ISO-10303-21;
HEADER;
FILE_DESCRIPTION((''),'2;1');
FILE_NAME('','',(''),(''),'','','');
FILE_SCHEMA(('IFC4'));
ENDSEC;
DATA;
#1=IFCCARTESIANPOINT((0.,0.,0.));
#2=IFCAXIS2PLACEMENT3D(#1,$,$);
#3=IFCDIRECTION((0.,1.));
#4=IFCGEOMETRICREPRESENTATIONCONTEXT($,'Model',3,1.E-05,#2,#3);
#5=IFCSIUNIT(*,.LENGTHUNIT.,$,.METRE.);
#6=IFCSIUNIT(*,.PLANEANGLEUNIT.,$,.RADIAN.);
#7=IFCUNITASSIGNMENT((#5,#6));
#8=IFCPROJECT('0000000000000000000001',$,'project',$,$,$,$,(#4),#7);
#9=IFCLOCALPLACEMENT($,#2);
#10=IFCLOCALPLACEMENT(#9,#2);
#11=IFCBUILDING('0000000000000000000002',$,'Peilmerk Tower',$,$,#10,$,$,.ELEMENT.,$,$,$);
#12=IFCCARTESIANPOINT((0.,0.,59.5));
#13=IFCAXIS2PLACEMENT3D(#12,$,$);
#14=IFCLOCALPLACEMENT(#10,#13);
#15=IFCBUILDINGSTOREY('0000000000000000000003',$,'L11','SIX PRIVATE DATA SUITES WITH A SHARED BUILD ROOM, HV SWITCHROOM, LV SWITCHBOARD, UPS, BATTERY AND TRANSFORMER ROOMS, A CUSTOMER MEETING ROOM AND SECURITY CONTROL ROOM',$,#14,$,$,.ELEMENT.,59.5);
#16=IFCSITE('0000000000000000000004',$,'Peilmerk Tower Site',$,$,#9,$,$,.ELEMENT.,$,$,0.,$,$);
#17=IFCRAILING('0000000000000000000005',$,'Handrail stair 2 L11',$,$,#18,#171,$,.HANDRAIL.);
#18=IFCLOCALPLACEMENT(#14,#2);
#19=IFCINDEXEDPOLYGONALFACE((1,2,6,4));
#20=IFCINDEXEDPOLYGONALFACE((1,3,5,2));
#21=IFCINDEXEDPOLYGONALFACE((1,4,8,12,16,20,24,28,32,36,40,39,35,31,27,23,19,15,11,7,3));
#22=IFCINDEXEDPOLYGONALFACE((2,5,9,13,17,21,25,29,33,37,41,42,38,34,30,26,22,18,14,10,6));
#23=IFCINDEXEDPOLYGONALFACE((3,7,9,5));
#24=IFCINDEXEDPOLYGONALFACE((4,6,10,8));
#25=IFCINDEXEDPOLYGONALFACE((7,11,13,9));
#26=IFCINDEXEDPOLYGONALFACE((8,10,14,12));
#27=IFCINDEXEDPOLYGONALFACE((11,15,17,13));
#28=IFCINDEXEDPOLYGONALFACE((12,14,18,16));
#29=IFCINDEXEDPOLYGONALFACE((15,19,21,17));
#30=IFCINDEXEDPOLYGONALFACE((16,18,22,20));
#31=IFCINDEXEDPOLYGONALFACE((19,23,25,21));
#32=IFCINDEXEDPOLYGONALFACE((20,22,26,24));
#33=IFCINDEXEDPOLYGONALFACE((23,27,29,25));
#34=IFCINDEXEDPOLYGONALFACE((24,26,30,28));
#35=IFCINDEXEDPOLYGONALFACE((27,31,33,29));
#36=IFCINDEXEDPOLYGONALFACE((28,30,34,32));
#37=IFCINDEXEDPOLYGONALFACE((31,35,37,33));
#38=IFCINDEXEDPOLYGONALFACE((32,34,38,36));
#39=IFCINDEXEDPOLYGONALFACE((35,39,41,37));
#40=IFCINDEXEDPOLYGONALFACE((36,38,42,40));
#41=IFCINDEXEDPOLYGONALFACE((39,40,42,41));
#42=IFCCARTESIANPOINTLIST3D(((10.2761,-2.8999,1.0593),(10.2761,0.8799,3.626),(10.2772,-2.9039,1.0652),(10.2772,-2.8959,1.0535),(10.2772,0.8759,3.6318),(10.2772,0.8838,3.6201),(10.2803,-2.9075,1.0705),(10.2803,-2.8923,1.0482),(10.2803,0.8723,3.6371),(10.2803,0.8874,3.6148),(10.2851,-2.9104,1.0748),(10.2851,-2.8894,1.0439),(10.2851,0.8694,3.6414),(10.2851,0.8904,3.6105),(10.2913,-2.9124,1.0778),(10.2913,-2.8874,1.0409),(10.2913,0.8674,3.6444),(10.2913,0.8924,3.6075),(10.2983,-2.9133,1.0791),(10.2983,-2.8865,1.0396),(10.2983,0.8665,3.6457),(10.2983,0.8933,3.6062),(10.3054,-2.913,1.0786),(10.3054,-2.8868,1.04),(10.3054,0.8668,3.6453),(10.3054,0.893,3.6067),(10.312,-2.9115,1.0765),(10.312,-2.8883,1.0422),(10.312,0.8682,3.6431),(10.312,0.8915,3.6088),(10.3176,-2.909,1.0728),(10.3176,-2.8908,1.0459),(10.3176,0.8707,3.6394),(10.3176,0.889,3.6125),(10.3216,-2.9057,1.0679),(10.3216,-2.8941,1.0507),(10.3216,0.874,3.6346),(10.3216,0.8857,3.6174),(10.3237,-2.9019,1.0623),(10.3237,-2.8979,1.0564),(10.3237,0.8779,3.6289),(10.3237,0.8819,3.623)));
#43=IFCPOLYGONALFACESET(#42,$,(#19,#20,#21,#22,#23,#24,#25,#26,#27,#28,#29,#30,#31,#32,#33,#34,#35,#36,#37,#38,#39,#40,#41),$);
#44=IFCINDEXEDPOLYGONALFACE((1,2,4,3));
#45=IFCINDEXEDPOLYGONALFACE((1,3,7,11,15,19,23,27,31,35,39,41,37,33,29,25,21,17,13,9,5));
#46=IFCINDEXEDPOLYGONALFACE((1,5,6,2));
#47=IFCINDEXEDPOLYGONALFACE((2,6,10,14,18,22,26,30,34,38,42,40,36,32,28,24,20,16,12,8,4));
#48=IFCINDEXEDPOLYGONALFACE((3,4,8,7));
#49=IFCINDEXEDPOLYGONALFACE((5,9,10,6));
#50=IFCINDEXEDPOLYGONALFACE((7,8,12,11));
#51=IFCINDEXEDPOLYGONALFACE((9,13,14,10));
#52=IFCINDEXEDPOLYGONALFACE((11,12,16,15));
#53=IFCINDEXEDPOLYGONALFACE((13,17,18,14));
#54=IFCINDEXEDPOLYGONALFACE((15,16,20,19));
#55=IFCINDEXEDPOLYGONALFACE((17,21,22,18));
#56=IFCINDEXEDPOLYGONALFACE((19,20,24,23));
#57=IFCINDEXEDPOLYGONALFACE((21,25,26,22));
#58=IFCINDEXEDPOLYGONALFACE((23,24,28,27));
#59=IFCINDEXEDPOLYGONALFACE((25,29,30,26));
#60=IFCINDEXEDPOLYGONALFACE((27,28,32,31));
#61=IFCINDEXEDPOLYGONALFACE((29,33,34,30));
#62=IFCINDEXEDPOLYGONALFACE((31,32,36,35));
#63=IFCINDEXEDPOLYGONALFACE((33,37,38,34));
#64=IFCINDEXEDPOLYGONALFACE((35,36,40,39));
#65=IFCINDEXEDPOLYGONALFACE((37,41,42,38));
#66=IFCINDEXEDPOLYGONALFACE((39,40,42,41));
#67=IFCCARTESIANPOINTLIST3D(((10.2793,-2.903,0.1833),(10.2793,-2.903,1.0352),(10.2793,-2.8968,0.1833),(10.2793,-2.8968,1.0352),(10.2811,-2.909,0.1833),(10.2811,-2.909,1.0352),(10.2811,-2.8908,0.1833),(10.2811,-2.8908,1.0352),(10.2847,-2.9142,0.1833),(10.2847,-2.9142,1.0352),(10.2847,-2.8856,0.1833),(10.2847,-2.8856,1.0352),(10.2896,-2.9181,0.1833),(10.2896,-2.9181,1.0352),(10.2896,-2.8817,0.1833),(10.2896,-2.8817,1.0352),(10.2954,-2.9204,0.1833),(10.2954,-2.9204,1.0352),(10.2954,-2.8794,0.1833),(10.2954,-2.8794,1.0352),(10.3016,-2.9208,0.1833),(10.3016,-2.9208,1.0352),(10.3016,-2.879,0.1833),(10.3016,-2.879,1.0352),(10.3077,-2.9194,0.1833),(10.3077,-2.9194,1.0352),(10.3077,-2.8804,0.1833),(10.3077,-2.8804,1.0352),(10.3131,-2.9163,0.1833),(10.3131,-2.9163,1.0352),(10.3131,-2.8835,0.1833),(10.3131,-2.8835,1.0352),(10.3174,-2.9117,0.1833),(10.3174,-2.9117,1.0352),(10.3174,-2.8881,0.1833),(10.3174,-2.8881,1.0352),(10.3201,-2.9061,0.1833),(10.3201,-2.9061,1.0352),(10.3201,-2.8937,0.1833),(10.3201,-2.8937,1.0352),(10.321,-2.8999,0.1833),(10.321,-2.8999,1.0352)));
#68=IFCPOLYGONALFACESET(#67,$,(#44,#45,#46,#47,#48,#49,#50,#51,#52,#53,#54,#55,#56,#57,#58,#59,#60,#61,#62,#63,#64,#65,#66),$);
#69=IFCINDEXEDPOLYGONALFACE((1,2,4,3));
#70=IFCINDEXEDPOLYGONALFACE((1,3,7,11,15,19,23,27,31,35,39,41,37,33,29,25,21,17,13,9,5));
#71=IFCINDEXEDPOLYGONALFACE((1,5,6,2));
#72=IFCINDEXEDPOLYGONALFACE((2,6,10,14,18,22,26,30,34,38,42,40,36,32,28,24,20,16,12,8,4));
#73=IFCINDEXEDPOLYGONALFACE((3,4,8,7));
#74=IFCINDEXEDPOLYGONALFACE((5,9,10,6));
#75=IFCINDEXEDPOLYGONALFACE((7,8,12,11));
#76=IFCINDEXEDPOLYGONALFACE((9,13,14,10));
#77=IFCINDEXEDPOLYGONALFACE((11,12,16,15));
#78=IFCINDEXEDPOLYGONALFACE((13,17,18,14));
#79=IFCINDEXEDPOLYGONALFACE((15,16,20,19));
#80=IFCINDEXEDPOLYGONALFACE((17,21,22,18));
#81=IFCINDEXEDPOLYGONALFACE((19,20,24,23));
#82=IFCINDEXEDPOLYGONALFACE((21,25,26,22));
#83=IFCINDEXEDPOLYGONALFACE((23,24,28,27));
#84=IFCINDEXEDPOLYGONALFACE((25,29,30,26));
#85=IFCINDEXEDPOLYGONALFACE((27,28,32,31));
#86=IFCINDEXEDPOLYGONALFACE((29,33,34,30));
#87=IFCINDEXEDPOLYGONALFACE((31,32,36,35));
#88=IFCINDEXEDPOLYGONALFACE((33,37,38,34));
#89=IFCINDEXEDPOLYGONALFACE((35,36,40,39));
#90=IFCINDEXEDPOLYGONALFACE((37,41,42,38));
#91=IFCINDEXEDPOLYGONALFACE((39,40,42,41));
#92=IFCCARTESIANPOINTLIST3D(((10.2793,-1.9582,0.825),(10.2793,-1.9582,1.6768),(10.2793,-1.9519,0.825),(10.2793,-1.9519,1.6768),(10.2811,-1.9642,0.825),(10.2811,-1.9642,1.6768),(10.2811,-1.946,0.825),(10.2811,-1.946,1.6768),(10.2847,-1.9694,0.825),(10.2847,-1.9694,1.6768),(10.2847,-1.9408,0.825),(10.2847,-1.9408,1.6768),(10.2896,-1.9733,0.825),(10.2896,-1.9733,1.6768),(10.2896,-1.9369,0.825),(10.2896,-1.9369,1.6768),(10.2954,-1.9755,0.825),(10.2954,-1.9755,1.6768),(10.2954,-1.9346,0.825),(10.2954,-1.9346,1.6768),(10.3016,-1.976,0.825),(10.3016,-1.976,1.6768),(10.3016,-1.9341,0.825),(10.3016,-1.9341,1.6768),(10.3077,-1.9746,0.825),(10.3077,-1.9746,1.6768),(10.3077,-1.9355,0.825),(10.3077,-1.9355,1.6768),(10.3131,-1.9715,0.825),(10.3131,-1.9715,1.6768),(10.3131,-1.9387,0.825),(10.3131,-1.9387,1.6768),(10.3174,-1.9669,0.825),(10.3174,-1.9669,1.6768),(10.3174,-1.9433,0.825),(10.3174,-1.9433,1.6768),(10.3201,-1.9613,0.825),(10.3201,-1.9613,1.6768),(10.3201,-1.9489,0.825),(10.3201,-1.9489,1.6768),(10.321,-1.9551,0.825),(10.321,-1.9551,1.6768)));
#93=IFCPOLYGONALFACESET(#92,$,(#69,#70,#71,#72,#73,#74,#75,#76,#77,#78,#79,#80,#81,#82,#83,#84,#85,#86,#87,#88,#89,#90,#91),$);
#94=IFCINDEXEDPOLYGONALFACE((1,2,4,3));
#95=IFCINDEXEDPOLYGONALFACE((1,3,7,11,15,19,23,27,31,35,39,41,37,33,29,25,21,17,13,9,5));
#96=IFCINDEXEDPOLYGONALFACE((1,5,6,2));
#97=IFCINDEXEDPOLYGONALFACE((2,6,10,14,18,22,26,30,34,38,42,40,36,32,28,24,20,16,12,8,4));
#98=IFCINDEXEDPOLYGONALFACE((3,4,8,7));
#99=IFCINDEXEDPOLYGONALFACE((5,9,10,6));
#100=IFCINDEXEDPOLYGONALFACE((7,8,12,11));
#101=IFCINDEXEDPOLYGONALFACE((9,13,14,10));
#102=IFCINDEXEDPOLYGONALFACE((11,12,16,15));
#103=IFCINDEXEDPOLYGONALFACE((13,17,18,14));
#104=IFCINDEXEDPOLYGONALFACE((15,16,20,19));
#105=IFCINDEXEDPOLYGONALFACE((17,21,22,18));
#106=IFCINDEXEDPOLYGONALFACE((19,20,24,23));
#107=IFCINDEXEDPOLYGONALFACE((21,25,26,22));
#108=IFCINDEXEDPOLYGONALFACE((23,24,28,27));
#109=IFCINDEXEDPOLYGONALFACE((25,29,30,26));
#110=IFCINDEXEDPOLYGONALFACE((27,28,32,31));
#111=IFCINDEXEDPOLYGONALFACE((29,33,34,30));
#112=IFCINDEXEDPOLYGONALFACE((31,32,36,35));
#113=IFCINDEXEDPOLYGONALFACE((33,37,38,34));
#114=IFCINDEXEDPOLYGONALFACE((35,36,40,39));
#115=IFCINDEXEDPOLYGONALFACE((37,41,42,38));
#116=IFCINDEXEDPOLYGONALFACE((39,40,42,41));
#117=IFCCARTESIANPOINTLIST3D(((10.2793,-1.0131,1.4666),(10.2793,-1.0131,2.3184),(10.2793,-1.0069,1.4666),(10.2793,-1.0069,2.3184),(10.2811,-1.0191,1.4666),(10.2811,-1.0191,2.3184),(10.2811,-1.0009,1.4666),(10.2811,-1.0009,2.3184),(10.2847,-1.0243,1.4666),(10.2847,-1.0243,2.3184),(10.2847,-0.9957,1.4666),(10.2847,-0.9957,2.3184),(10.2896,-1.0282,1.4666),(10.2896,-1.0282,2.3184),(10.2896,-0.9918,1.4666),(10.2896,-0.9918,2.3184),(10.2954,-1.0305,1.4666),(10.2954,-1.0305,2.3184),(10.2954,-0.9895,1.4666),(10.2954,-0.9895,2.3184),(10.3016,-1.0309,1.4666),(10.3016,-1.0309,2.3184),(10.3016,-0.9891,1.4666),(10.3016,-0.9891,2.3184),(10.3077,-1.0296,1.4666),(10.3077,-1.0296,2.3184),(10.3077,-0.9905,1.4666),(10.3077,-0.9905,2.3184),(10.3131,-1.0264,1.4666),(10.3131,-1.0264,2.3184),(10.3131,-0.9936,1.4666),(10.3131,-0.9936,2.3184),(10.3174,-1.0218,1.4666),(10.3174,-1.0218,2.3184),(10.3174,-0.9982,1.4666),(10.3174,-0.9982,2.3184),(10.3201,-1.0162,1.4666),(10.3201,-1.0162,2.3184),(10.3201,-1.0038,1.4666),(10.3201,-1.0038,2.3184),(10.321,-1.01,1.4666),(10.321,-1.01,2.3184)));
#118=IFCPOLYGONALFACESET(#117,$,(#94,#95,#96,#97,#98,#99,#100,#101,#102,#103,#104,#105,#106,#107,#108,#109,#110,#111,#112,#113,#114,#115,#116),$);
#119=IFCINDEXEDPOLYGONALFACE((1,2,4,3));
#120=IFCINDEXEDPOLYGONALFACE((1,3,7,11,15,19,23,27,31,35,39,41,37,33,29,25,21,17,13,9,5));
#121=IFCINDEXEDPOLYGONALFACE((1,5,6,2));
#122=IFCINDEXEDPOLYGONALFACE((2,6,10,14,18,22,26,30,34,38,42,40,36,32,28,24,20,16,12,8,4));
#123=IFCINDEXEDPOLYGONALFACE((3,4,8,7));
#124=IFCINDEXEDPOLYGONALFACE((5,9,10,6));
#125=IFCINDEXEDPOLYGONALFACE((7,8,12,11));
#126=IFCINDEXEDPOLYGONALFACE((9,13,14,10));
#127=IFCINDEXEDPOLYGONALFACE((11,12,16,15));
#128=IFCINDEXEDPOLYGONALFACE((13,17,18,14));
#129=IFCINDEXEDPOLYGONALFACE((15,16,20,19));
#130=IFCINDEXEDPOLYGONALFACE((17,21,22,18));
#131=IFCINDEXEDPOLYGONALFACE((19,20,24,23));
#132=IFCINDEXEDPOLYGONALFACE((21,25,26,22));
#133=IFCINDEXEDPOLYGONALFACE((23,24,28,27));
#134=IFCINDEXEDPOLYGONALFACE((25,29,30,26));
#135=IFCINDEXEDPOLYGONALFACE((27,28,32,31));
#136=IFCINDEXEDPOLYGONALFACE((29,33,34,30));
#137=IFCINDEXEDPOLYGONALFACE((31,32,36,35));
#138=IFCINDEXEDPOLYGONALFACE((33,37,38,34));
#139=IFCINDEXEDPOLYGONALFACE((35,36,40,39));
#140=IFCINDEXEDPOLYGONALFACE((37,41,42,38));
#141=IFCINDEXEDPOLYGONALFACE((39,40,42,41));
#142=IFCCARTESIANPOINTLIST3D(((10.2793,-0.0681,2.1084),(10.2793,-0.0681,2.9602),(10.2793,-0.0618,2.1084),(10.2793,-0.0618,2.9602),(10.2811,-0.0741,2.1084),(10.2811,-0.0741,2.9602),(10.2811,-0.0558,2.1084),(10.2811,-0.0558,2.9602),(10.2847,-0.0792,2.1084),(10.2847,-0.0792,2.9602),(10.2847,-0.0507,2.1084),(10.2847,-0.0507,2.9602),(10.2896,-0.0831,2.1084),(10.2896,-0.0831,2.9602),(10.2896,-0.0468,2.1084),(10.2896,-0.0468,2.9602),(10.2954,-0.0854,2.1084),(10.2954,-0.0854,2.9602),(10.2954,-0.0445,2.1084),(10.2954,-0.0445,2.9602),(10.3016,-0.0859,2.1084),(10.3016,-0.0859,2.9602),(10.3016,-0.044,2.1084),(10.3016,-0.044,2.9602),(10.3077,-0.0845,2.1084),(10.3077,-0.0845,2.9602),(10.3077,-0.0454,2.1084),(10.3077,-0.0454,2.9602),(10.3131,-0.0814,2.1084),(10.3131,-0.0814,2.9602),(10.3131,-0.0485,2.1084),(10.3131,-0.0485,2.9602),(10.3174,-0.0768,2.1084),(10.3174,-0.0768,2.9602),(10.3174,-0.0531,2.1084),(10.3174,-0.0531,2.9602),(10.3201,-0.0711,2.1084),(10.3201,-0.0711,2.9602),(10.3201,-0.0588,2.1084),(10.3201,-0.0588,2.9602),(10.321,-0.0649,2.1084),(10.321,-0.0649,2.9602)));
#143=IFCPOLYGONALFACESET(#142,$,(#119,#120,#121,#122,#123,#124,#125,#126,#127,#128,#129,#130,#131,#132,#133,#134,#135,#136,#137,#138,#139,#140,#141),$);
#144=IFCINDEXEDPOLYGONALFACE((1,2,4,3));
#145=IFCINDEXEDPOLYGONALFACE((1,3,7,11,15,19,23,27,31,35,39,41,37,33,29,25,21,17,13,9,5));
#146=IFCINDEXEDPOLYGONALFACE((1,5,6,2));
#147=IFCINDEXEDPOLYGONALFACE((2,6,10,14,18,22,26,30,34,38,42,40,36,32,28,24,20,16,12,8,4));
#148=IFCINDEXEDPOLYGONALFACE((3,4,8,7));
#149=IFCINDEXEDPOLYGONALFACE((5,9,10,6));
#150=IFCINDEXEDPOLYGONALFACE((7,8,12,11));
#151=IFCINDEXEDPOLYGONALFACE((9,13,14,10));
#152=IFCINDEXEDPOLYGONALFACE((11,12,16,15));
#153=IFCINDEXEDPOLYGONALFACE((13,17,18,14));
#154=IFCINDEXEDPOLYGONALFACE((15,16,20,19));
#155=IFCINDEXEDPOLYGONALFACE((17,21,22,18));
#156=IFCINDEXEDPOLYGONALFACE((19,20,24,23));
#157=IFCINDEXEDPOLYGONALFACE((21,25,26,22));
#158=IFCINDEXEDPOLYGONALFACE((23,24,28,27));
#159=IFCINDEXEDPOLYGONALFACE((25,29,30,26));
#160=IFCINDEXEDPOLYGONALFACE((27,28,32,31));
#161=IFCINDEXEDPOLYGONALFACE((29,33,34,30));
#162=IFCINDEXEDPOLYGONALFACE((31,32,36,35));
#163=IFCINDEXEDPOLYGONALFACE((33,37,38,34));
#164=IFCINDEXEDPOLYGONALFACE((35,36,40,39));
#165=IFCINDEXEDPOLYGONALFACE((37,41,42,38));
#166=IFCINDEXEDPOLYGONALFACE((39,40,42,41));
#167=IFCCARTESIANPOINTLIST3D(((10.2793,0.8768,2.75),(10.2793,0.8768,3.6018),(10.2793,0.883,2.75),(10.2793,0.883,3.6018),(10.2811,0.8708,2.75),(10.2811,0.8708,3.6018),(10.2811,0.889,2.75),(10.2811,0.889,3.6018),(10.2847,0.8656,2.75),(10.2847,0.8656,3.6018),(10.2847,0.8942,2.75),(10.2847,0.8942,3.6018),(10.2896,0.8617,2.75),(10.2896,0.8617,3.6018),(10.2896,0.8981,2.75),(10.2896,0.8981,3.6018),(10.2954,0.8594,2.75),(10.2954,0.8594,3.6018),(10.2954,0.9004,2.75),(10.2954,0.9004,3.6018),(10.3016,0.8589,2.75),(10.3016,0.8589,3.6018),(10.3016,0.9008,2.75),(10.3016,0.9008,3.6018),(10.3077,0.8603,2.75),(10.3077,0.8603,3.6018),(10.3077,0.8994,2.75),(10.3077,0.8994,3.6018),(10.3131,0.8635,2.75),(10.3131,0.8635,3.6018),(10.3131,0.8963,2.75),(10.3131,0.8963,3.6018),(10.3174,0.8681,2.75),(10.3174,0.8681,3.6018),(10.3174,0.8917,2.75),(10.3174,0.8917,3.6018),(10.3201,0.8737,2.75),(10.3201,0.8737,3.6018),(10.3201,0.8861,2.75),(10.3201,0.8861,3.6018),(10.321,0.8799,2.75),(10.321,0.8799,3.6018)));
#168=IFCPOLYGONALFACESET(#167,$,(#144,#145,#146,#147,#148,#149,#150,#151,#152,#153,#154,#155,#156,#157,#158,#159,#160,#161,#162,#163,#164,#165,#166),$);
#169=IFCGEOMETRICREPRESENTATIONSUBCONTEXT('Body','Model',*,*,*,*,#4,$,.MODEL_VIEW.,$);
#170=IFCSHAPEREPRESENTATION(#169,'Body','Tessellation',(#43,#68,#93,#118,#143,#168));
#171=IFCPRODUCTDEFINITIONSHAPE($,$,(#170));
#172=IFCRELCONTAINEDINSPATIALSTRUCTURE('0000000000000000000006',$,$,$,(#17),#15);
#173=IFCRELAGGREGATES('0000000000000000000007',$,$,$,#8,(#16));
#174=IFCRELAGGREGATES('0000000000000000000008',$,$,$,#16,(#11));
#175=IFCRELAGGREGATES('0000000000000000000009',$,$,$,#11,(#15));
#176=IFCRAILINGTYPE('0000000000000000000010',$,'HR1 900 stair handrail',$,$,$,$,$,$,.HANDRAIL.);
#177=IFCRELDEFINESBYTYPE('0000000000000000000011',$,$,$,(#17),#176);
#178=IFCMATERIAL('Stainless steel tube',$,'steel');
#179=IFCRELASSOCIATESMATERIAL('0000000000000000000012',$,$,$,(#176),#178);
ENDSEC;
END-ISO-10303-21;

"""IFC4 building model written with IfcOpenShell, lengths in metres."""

from ifc_helpers import new_model, si_unit, direction, frame, origin, origin_2d, place, context, subcontext, project, spatial, circle, extrude, material, type_object, element, save


model = new_model("IFC4")

# Units and contexts
model_context = context("Model", 3, precision=1e-05, world=origin(), true_north=direction((0.0, 1.0)))
body_context = subcontext(model_context, "Body", "Model", "MODEL_VIEW")
ifc_project = project(units=[si_unit("LENGTHUNIT", "METRE"), si_unit("PLANEANGLEUNIT", "RADIAN")], contexts=[model_context])

# Site, building, storey
site_placement = place(None, origin())
site = spatial("IfcSite", under=ifc_project, at=site_placement, Name="Peilmerk Tower Site", CompositionType="ELEMENT", RefElevation=0.0)
building_placement = place(site_placement, origin())
building = spatial("IfcBuilding", under=site, at=building_placement, Name="Peilmerk Tower", CompositionType="ELEMENT")
storey_placement = place(building_placement, frame((0.0, 0.0, 59.5)))
storey = spatial("IfcBuildingStorey", under=building, at=storey_placement, Name="L11", Description="SIX PRIVATE DATA SUITES WITH A SHARED BUILD ROOM, HV SWITCHROOM, LV SWITCHBOARD, UPS, BATTERY AND TRANSFORMER ROOMS, A CUSTOMER MEETING ROOM AND SECURITY CONTROL ROOM", CompositionType="ELEMENT", Elevation=59.5)

# Railing
ifc_material_1 = material(Name="Stainless steel tube", Category="steel")
railing_type_1 = type_object("IfcRailingType", Name="HR1 900 stair handrail", PredefinedType="HANDRAIL", material=ifc_material_1)
railing_1_placement = place(storey_placement, frame((10.3, -2.8999, 0.1833)))
element("IfcRailing", 1, at=railing_1_placement, inside=storey, type_object=railing_type_1, Name="Handrail stair 2 L11", PredefinedType="HANDRAIL", context=body_context, shape_type="SweptSolid", body=[
    extrude(circle(Radius=0.0239, at=origin_2d()), frame((0.0, 0.0, 0.876), z_axis=(0.0, 0.827293, 0.561771), x_axis=(-1.0, 0.0, 0.0)), (0.0, 0.0, 1.0), 4.5688),
    extrude(circle(Radius=0.021, at=origin_2d()), origin(), (0.0, 0.0, 1.0), 0.8518),
    extrude(circle(Radius=0.021, at=origin_2d()), frame((0.0, 0.9448, 0.6416)), (0.0, 0.0, 1.0), 0.8518),
    extrude(circle(Radius=0.021, at=origin_2d()), frame((0.0, 1.8899, 1.2832)), (0.0, 0.0, 1.0), 0.8518),
    extrude(circle(Radius=0.021, at=origin_2d()), frame((0.0, 2.835, 1.925)), (0.0, 0.0, 1.0), 0.8518),
    extrude(circle(Radius=0.021, at=origin_2d()), frame((0.0, 3.7798, 2.5667)), (0.0, 0.0, 1.0), 0.8518),
])

save(model, "model.ifc")
